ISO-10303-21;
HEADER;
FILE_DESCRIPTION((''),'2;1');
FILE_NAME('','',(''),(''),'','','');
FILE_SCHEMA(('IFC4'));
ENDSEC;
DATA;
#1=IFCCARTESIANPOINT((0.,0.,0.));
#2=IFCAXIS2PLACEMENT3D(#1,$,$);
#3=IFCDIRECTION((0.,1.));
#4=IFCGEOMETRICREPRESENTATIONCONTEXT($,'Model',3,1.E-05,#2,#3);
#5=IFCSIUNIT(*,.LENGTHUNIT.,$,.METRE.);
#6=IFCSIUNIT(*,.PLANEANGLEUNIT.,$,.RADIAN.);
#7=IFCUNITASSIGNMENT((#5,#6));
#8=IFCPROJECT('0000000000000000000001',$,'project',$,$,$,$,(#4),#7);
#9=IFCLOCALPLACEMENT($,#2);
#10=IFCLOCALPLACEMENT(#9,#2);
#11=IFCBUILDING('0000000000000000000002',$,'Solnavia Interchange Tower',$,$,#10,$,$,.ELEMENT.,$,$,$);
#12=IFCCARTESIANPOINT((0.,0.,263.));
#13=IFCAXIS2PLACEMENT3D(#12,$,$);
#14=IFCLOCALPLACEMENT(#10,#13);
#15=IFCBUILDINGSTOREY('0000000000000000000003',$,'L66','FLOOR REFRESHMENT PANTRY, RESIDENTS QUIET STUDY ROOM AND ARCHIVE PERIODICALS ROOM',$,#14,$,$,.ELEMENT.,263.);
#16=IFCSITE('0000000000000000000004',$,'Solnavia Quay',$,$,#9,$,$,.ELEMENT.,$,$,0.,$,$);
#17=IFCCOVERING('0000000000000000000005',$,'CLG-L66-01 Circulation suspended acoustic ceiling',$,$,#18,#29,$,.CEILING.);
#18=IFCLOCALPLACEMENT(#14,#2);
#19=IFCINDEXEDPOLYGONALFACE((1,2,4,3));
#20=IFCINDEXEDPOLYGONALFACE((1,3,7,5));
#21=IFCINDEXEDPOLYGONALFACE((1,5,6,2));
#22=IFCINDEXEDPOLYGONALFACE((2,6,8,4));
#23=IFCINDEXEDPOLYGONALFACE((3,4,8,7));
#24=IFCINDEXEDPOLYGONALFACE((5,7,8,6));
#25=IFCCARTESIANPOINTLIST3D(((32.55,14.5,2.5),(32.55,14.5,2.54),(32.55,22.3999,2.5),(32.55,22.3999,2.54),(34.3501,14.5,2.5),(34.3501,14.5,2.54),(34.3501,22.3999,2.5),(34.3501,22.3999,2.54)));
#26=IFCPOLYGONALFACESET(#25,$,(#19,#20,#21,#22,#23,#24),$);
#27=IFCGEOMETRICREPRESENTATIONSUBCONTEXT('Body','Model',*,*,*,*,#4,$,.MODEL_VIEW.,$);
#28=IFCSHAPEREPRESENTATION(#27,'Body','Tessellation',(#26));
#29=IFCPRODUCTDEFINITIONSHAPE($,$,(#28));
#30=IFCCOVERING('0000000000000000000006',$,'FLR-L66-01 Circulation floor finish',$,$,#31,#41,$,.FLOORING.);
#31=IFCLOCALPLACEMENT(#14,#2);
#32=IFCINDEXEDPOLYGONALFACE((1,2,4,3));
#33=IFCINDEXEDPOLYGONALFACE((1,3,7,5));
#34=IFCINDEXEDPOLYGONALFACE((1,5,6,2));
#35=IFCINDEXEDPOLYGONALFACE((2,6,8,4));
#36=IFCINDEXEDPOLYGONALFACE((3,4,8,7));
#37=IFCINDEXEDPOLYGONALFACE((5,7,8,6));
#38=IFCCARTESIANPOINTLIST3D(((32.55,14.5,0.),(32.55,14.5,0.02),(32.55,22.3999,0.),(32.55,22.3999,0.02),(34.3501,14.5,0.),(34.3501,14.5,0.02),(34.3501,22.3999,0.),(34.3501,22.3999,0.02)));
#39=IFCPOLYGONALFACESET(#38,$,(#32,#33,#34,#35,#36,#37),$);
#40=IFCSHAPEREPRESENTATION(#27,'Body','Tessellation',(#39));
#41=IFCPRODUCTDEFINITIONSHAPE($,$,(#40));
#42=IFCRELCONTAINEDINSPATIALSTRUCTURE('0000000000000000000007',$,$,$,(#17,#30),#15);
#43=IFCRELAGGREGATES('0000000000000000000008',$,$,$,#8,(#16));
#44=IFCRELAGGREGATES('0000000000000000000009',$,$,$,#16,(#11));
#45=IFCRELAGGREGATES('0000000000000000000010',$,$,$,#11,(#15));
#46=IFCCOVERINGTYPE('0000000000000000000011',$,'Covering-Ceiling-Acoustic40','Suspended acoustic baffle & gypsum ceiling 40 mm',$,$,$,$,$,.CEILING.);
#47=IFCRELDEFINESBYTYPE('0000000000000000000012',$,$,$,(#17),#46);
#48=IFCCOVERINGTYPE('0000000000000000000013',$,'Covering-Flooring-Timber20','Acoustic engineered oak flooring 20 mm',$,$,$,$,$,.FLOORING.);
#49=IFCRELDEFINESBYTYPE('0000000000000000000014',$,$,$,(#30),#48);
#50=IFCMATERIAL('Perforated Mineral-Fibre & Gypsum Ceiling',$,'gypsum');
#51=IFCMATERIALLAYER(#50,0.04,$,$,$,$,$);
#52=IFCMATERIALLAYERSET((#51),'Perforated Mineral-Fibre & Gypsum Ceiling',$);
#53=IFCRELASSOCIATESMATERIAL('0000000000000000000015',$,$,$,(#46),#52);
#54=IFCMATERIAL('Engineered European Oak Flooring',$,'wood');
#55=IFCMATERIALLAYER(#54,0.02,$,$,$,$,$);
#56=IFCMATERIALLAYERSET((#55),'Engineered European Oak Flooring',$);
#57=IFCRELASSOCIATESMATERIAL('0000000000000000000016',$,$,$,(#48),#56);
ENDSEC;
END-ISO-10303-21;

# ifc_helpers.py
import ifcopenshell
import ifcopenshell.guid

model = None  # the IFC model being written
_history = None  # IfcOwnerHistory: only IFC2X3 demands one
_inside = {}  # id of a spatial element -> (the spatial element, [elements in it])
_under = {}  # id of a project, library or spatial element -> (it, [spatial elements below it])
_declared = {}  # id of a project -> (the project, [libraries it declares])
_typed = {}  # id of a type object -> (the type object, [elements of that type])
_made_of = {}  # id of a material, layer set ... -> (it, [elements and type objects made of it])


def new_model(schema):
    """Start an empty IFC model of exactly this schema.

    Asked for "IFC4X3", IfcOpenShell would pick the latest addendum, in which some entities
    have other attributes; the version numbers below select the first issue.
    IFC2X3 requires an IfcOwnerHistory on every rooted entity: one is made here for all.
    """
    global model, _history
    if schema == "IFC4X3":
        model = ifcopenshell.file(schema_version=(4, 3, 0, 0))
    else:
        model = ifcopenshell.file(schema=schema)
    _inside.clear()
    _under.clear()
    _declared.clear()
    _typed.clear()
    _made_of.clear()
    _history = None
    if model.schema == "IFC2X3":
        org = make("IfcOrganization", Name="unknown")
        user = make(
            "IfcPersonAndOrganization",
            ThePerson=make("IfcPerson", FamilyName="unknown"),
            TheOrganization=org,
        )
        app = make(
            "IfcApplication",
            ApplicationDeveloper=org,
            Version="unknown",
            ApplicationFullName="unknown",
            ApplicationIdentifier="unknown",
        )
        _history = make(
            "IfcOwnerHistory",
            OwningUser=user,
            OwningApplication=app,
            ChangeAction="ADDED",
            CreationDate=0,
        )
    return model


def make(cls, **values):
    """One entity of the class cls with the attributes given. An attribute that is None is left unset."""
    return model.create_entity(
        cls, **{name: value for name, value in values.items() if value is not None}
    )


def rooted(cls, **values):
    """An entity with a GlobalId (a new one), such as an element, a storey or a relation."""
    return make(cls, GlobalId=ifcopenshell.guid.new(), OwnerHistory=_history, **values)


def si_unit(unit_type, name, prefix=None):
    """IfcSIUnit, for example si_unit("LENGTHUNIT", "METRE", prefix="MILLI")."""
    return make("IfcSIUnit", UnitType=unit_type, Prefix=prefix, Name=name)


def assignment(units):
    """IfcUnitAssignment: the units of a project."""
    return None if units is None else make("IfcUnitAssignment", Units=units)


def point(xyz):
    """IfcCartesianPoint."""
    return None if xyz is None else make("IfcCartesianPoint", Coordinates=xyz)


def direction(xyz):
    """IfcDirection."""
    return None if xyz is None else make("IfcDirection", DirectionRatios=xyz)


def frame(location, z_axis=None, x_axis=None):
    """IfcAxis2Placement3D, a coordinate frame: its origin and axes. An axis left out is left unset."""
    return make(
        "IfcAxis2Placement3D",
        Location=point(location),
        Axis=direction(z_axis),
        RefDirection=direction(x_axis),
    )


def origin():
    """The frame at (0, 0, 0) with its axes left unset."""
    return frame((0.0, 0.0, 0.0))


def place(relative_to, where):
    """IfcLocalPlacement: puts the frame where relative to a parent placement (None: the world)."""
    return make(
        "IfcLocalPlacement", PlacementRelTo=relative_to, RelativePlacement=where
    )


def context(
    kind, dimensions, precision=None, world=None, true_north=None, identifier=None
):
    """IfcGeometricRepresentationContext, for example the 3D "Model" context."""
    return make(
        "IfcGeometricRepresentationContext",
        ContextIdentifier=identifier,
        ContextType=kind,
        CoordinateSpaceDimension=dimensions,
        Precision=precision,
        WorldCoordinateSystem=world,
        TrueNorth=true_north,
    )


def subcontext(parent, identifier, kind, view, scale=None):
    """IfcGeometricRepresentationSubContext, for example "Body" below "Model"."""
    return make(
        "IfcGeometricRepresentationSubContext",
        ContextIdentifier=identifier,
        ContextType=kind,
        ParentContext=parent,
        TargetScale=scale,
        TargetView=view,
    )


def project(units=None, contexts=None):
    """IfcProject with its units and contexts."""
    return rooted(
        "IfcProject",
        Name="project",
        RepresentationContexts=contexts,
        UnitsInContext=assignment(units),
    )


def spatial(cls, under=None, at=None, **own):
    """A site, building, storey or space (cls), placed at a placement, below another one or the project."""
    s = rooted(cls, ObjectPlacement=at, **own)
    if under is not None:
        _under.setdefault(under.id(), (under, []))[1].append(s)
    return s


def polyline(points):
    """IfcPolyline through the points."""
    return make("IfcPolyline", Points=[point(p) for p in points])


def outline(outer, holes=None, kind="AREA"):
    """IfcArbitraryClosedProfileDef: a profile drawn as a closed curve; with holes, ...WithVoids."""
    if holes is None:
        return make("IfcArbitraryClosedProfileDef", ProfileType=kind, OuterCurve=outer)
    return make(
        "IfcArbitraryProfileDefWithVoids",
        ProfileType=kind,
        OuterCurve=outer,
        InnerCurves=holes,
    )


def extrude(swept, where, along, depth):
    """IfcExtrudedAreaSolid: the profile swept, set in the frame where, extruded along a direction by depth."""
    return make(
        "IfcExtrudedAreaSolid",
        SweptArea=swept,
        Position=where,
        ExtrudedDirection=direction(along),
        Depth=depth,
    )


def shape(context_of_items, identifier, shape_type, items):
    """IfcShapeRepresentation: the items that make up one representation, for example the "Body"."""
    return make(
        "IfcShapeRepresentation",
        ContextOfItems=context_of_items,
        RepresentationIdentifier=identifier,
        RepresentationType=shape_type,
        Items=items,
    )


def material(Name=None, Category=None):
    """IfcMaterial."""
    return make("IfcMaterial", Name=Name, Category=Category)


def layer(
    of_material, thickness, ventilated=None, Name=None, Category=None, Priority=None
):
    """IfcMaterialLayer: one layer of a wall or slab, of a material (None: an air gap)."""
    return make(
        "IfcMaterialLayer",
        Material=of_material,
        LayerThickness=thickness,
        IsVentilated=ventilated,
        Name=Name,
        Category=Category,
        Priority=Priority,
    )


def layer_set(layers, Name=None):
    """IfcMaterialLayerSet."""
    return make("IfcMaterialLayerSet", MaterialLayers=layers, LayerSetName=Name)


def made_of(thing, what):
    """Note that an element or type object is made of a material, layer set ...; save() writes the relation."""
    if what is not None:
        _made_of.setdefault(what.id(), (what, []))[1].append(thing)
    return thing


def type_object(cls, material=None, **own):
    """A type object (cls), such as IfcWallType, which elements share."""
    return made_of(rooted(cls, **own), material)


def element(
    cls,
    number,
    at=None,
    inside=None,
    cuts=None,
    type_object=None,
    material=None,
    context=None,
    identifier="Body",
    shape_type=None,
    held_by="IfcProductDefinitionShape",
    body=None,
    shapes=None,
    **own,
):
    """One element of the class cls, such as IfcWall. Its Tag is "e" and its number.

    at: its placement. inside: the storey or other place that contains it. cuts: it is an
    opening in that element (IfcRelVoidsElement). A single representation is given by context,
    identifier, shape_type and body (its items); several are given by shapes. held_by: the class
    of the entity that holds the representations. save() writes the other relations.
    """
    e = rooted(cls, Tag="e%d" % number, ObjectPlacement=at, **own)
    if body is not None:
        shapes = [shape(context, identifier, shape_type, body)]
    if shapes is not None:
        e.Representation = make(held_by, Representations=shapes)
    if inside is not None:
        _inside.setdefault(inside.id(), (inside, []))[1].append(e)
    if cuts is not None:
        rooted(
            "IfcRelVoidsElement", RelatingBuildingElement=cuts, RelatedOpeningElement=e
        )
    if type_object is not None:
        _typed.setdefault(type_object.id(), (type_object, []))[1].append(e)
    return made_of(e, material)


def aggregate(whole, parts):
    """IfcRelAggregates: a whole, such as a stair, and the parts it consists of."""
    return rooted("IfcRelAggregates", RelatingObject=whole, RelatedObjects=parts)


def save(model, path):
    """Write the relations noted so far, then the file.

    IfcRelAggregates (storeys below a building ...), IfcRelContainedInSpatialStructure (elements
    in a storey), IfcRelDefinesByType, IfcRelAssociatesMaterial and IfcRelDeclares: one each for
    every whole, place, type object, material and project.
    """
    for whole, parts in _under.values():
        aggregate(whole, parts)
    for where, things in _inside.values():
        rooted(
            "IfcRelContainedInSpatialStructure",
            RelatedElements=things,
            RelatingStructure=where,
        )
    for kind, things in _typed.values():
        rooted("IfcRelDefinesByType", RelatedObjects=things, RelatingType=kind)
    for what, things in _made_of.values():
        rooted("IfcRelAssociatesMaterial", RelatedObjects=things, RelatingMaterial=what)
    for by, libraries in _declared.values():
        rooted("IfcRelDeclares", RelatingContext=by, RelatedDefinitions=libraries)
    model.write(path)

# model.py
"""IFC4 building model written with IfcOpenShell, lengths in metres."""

from ifc_helpers import new_model, si_unit, direction, frame, origin, place, context, subcontext, project, spatial, polyline, outline, extrude, material, layer, layer_set, type_object, element, save


model = new_model("IFC4")

# Units and contexts
model_context = context("Model", 3, precision=1e-05, world=origin(), true_north=direction((0.0, 1.0)))
body_context = subcontext(model_context, "Body", "Model", "MODEL_VIEW")
ifc_project = project(units=[si_unit("LENGTHUNIT", "METRE"), si_unit("PLANEANGLEUNIT", "RADIAN")], contexts=[model_context])

# Site, building, storey
site_placement = place(None, origin())
site = spatial("IfcSite", under=ifc_project, at=site_placement, Name="Solnavia Quay", CompositionType="ELEMENT", RefElevation=0.0)
building_placement = place(site_placement, origin())
building = spatial("IfcBuilding", under=site, at=building_placement, Name="Solnavia Interchange Tower", CompositionType="ELEMENT")
storey_placement = place(building_placement, frame((0.0, 0.0, 263.0)))
storey = spatial("IfcBuildingStorey", under=building, at=storey_placement, Name="L66", Description="FLOOR REFRESHMENT PANTRY, RESIDENTS QUIET STUDY ROOM AND ARCHIVE PERIODICALS ROOM", CompositionType="ELEMENT", Elevation=263.0)

# Coverings
ifc_material_1 = material(Name="Perforated Mineral-Fibre & Gypsum Ceiling", Category="gypsum")
ifc_layer_1 = layer(ifc_material_1, 0.04)
ifc_layer_set_1 = layer_set([ifc_layer_1], Name="Perforated Mineral-Fibre & Gypsum Ceiling")
covering_type_1 = type_object("IfcCoveringType", Name="Covering-Ceiling-Acoustic40", Description="Suspended acoustic baffle & gypsum ceiling 40 mm", PredefinedType="CEILING", material=ifc_layer_set_1)
covering_1_placement = place(storey_placement, frame((0.0, 0.0, 2.5)))
element("IfcCovering", 1, at=covering_1_placement, inside=storey, type_object=covering_type_1, Name="CLG-L66-01 Circulation suspended acoustic ceiling", PredefinedType="CEILING", context=body_context, shape_type="SweptSolid", body=[
    extrude(outline(polyline([(32.55, 14.5), (34.3501, 14.5), (34.3501, 22.3999), (32.55, 22.3999), (32.55, 14.5)])), origin(), (0.0, 0.0, 1.0), 0.04),
])
ifc_material_2 = material(Name="Engineered European Oak Flooring", Category="wood")
ifc_layer_2 = layer(ifc_material_2, 0.02)
ifc_layer_set_2 = layer_set([ifc_layer_2], Name="Engineered European Oak Flooring")
covering_type_2 = type_object("IfcCoveringType", Name="Covering-Flooring-Timber20", Description="Acoustic engineered oak flooring 20 mm", PredefinedType="FLOORING", material=ifc_layer_set_2)
covering_2_placement = place(storey_placement, origin())
element("IfcCovering", 2, at=covering_2_placement, inside=storey, type_object=covering_type_2, Name="FLR-L66-01 Circulation floor finish", PredefinedType="FLOORING", context=body_context, shape_type="SweptSolid", body=[
    extrude(outline(polyline([(32.55, 14.5), (34.3501, 14.5), (34.3501, 22.3999), (32.55, 22.3999), (32.55, 14.5)])), origin(), (0.0, 0.0, 1.0), 0.02),
])

save(model, "model.ifc")
